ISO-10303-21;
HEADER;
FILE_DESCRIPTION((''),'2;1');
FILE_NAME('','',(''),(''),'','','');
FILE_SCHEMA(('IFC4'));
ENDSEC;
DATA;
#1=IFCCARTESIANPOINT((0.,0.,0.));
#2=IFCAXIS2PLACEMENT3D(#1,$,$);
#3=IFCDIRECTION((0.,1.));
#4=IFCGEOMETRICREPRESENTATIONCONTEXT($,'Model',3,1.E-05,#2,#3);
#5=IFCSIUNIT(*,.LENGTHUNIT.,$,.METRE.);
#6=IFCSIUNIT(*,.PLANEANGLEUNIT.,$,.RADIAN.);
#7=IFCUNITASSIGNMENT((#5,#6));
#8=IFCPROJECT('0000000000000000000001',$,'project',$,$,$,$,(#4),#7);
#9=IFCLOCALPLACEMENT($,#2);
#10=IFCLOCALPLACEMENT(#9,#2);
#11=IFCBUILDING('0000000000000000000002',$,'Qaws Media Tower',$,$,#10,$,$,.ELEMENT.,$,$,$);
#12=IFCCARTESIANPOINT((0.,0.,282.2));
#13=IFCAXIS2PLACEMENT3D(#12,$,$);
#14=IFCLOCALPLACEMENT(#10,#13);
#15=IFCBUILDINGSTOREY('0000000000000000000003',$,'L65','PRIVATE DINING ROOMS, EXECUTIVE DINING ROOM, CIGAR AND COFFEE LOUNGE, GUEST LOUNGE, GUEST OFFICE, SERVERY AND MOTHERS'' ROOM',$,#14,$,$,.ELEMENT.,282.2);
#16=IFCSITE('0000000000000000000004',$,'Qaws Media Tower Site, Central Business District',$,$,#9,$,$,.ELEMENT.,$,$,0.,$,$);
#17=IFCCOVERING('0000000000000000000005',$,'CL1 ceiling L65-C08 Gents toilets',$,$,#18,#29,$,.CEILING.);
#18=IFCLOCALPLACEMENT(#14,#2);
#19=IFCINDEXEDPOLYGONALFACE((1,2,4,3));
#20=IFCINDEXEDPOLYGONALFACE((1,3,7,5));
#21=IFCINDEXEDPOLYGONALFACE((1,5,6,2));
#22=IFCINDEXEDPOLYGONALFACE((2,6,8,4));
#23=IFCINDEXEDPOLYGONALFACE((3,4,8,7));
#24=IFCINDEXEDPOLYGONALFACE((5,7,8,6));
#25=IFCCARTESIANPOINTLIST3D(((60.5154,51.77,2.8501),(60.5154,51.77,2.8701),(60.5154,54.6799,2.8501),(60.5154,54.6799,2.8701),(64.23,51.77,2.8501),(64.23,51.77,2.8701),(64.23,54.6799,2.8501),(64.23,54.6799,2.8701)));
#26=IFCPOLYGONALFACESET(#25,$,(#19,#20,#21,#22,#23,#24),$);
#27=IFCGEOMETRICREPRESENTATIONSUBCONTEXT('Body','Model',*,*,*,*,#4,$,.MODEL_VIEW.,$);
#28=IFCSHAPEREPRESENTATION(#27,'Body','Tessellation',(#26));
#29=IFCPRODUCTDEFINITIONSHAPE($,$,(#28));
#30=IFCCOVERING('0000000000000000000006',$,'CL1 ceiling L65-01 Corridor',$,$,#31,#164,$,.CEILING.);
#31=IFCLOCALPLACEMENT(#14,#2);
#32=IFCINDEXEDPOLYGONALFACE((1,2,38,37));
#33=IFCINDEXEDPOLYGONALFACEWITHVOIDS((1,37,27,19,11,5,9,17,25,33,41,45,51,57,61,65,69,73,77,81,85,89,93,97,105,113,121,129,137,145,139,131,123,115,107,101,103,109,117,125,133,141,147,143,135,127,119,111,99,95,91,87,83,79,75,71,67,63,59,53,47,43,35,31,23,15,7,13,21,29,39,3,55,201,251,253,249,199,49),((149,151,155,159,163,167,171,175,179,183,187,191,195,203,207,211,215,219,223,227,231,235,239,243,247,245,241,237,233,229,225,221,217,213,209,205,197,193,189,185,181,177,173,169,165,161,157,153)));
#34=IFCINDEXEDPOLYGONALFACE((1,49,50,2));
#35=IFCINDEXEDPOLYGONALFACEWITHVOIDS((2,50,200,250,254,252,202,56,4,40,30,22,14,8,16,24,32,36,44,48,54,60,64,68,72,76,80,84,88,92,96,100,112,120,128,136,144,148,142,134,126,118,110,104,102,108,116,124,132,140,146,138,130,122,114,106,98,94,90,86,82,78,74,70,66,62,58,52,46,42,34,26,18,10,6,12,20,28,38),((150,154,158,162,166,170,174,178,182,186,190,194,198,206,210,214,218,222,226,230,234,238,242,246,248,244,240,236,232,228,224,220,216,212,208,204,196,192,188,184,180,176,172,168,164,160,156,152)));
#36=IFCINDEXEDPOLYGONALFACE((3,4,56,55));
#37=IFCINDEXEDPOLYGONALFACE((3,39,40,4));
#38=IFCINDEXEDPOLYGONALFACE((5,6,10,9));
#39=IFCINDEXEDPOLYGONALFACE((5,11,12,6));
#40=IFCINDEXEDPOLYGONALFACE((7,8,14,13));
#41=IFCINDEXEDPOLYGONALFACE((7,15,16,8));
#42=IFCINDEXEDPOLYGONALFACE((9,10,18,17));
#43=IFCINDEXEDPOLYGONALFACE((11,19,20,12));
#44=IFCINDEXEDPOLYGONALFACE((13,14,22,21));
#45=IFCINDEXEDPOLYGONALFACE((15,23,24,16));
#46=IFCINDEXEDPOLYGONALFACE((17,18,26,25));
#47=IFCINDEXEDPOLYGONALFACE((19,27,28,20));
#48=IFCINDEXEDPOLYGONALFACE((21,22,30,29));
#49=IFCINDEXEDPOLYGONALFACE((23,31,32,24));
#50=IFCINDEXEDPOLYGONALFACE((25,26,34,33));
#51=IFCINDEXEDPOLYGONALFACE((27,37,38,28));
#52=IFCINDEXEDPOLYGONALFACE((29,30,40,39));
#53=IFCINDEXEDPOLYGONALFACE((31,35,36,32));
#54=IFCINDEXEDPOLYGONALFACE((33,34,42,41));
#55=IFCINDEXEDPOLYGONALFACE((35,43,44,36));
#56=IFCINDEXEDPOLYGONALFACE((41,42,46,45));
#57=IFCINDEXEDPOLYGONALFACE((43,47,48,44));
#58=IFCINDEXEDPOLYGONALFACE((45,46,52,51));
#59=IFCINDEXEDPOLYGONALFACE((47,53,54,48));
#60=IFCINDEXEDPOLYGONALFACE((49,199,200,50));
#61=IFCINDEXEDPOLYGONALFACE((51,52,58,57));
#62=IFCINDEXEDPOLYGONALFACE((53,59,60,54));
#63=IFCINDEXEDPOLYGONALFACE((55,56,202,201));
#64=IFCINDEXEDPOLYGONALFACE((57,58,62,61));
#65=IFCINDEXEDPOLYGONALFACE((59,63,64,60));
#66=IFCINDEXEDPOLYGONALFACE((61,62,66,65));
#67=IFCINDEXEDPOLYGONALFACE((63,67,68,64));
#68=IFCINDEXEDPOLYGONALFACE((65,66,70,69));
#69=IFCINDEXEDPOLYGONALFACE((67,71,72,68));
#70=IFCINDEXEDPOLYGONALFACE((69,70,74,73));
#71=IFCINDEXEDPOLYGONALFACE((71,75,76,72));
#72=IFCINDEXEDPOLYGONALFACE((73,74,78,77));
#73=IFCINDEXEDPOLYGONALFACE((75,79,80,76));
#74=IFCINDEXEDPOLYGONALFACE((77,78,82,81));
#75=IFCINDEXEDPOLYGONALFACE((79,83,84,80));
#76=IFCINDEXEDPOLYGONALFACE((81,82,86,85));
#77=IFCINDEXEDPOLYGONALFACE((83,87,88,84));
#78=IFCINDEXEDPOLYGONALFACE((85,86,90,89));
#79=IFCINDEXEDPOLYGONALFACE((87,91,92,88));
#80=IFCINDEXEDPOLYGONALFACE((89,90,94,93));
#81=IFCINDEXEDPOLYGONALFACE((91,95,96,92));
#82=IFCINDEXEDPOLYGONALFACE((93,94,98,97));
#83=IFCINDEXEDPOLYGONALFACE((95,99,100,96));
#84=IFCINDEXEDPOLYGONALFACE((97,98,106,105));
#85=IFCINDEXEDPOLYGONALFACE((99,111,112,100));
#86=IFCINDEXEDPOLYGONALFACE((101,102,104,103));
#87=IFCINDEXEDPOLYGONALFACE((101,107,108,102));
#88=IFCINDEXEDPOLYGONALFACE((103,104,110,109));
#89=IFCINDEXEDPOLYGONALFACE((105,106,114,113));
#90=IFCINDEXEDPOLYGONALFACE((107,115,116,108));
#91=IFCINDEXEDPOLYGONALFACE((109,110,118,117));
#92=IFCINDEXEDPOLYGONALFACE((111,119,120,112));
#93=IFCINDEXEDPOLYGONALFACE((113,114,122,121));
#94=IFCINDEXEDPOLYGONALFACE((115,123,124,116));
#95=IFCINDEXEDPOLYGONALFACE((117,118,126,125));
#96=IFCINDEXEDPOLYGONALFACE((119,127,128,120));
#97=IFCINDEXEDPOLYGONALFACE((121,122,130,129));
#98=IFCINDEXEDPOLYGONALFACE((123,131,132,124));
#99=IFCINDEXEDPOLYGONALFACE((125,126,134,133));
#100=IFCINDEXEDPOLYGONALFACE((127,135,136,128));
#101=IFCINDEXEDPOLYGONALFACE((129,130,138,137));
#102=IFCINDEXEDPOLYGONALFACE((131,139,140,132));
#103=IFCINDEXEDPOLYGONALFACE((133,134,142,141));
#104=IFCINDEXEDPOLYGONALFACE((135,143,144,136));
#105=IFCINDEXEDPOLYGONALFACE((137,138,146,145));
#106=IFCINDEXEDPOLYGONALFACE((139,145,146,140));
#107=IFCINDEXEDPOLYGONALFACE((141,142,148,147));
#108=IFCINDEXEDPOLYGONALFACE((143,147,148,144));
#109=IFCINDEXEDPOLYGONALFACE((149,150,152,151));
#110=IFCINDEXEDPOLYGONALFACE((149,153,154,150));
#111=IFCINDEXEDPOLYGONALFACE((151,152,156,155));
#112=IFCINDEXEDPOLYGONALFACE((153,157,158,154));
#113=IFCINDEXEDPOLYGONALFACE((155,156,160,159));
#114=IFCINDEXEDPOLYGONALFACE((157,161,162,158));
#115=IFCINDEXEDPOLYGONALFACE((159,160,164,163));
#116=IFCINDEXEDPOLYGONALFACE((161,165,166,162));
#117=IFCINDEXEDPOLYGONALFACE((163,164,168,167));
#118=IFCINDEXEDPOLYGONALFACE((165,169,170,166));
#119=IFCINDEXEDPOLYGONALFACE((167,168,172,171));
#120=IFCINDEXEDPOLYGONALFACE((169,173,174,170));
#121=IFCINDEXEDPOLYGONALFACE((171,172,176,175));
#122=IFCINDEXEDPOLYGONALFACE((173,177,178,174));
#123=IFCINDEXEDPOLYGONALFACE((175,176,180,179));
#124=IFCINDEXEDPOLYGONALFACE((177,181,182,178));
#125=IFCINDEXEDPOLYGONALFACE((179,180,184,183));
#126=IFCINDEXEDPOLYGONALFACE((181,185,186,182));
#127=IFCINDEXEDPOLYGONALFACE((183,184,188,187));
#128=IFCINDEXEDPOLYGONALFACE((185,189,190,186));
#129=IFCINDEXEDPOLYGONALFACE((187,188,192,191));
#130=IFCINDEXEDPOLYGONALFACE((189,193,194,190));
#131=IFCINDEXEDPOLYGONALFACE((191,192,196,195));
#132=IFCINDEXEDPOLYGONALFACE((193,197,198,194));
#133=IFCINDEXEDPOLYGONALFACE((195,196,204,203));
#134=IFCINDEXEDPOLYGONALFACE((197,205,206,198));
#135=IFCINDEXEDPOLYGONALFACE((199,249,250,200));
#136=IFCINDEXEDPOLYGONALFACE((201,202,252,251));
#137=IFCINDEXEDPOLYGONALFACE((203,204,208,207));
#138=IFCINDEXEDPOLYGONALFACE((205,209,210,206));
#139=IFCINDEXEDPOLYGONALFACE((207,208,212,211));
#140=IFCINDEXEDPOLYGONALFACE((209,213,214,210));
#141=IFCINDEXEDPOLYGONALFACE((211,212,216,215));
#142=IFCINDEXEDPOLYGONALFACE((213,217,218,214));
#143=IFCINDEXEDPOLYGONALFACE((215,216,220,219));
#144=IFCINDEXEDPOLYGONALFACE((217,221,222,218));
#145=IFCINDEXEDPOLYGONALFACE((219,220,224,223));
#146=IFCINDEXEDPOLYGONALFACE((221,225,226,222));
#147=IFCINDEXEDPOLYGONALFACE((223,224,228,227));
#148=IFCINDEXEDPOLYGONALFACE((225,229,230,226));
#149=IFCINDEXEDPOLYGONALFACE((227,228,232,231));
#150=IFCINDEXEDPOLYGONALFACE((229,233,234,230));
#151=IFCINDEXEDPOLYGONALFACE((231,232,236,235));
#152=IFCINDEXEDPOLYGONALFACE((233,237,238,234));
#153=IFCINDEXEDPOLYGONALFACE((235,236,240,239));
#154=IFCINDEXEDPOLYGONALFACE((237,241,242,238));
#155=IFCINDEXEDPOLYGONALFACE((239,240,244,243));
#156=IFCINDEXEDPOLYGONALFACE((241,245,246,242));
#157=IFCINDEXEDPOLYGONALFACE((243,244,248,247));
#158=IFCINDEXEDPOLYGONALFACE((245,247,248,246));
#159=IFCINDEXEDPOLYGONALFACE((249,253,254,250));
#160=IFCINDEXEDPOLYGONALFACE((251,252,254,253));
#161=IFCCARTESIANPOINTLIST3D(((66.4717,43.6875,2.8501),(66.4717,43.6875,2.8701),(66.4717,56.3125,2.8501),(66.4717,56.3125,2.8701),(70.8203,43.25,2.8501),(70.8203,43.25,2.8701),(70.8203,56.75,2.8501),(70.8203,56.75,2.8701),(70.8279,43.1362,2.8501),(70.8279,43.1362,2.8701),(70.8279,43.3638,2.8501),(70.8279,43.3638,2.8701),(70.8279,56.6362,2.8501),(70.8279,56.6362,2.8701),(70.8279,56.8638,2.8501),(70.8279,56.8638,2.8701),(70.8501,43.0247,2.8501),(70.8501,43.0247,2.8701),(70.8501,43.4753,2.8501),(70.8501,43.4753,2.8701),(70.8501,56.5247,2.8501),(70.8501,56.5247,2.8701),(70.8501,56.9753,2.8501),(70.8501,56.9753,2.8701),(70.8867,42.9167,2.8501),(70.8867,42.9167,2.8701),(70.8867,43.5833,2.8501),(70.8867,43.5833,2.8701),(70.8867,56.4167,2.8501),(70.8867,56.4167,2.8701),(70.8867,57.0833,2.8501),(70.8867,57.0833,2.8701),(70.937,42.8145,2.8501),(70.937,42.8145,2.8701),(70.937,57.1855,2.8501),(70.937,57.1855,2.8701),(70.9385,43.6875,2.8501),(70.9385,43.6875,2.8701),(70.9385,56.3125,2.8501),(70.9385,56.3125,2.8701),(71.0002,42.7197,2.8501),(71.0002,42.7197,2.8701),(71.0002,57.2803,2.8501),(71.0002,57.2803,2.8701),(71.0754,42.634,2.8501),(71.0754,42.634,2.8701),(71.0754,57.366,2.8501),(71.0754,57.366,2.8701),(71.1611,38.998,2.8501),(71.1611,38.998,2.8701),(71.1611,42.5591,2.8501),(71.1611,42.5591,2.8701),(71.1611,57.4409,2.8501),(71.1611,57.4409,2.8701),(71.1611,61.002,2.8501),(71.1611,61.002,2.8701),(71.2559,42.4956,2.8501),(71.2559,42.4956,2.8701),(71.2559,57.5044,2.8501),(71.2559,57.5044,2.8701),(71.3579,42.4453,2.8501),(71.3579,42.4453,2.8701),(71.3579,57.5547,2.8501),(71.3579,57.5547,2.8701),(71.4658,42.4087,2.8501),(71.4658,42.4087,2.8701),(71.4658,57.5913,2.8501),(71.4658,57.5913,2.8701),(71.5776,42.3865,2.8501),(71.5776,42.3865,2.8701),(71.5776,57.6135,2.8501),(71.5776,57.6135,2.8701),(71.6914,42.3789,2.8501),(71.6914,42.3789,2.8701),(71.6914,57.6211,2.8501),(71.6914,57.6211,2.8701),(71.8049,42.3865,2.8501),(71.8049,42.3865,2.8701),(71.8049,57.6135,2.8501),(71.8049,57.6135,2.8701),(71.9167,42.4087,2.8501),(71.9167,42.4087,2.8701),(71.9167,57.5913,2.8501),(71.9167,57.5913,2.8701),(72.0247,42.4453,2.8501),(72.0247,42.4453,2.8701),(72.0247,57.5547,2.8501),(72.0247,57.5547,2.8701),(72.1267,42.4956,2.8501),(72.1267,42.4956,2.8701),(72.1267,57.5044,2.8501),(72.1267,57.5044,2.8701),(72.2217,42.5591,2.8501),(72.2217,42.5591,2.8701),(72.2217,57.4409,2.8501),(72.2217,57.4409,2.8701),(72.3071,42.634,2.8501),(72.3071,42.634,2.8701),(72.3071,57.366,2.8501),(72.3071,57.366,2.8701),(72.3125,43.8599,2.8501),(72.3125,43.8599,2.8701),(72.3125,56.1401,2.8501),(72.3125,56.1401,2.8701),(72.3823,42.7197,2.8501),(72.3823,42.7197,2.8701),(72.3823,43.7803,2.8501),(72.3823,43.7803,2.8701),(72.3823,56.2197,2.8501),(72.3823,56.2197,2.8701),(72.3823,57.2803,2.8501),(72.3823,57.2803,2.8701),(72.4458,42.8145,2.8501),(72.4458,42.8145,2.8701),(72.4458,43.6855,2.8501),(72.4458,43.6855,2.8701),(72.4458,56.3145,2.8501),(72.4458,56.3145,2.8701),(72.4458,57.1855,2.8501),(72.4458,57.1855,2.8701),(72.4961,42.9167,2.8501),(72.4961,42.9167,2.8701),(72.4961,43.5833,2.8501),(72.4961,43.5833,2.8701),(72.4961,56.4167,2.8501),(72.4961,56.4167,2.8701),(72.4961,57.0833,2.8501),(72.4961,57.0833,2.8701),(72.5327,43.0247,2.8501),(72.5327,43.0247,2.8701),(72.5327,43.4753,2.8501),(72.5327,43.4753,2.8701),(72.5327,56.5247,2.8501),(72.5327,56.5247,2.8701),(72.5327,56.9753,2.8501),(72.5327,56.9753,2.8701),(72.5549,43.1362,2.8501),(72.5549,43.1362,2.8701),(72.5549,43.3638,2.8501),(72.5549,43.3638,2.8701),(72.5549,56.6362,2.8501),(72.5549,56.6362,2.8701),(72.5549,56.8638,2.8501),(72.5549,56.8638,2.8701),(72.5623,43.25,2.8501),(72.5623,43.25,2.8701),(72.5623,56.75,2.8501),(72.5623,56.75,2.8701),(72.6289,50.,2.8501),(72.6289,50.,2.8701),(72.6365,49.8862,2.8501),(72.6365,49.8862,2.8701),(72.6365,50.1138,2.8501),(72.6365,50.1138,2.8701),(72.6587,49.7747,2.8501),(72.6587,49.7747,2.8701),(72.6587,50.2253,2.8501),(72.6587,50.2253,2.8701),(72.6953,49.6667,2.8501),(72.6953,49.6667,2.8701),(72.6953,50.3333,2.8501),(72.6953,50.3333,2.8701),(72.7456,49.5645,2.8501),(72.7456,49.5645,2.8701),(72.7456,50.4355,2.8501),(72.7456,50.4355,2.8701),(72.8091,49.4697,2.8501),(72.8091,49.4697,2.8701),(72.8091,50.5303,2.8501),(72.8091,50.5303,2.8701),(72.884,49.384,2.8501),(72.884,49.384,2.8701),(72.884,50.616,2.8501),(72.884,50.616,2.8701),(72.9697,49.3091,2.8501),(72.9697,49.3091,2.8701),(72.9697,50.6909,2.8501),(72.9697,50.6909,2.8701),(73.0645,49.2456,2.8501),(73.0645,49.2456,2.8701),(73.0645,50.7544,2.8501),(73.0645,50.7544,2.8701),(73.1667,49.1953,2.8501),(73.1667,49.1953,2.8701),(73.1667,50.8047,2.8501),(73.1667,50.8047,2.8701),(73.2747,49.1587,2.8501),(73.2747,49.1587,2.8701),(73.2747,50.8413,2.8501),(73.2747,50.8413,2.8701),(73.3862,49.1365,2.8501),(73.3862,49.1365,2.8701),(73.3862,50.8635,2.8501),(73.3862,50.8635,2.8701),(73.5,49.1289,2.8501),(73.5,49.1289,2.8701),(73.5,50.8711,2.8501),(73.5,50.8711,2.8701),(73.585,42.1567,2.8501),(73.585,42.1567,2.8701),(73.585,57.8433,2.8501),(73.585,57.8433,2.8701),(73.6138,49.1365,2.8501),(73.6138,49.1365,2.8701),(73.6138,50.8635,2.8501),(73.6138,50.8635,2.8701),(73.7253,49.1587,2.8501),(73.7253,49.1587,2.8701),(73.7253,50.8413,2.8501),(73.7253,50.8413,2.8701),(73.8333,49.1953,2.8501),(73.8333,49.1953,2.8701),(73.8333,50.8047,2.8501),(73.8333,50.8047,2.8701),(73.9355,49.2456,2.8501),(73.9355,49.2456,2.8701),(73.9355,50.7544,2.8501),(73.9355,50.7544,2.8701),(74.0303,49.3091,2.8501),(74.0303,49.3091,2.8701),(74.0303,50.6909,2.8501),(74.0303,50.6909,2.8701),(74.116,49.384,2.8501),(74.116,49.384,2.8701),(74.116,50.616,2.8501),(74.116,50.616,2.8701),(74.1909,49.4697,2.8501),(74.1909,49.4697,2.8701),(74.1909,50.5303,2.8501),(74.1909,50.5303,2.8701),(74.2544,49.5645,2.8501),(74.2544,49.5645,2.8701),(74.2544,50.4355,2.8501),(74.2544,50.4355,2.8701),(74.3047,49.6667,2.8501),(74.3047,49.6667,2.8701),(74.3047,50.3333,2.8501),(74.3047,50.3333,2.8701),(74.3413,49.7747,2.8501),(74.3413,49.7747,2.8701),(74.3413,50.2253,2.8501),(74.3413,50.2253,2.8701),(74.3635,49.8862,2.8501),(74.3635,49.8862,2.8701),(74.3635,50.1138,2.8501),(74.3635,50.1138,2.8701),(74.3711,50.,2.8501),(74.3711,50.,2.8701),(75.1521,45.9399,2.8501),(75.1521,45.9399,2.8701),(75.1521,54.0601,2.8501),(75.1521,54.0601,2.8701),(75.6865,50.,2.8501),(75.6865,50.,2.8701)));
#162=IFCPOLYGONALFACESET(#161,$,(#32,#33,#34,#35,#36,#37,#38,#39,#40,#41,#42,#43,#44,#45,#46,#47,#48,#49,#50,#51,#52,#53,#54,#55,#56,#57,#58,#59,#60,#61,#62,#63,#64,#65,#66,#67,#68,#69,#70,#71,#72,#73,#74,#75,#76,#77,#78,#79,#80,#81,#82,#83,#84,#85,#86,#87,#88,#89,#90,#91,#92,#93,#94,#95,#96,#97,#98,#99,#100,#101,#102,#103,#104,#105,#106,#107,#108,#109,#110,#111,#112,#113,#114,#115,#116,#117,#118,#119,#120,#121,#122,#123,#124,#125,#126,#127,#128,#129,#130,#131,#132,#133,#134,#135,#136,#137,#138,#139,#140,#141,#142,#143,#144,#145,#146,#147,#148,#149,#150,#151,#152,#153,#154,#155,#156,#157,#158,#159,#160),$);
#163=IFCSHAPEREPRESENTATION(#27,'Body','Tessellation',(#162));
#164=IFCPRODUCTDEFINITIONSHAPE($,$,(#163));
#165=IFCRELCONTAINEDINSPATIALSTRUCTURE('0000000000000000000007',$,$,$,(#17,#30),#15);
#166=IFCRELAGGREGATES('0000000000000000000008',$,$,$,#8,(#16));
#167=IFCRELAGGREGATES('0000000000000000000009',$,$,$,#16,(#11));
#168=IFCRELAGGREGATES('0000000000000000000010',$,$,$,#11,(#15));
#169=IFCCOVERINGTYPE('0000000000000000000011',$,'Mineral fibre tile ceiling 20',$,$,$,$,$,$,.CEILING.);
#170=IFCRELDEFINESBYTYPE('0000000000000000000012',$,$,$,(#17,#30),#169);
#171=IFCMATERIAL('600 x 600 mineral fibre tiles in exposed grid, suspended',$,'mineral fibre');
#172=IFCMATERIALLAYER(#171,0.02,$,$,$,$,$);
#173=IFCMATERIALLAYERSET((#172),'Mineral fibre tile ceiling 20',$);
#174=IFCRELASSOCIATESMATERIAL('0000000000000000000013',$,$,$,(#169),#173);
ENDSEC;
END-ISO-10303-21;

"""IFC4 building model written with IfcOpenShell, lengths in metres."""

from ifc_helpers import new_model, si_unit, direction, frame, origin, place, context, subcontext, project, spatial, polyline, outline, extrude, material, layer, layer_set, type_object, element, save


model = new_model("IFC4")

# Units and contexts
model_context = context("Model", 3, precision=1e-05, world=origin(), true_north=direction((0.0, 1.0)))
body_context = subcontext(model_context, "Body", "Model", "MODEL_VIEW")
ifc_project = project(units=[si_unit("LENGTHUNIT", "METRE"), si_unit("PLANEANGLEUNIT", "RADIAN")], contexts=[model_context])

# Site, building, storey
site_placement = place(None, origin())
site = spatial("IfcSite", under=ifc_project, at=site_placement, Name="Qaws Media Tower Site, Central Business District", CompositionType="ELEMENT", RefElevation=0.0)
building_placement = place(site_placement, origin())
building = spatial("IfcBuilding", under=site, at=building_placement, Name="Qaws Media Tower", CompositionType="ELEMENT")
storey_placement = place(building_placement, frame((0.0, 0.0, 282.2)))
storey = spatial("IfcBuildingStorey", under=building, at=storey_placement, Name="L65", Description="PRIVATE DINING ROOMS, EXECUTIVE DINING ROOM, CIGAR AND COFFEE LOUNGE, GUEST LOUNGE, GUEST OFFICE, SERVERY AND MOTHERS' ROOM", CompositionType="ELEMENT", Elevation=282.2)

# Coverings
ifc_material_1 = material(Name="600 x 600 mineral fibre tiles in exposed grid, suspended", Category="mineral fibre")
ifc_layer_1 = layer(ifc_material_1, 0.02)
ifc_layer_set_1 = layer_set([ifc_layer_1], Name="Mineral fibre tile ceiling 20")
covering_type_1 = type_object("IfcCoveringType", Name="Mineral fibre tile ceiling 20", PredefinedType="CEILING", material=ifc_layer_set_1)
covering_1_placement = place(storey_placement, frame((0.0, 0.0, 2.8501)))
element("IfcCovering", 1, at=covering_1_placement, inside=storey, type_object=covering_type_1, Name="CL1 ceiling L65-C08 Gents toilets", PredefinedType="CEILING", context=body_context, shape_type="SweptSolid", body=[
    extrude(outline(polyline([(60.5154, 51.77), (60.5154, 54.6799), (64.23, 54.6799), (64.23, 51.77), (60.5154, 51.77)])), origin(), (0.0, 0.0, 1.0), 0.02),
])
covering_2_placement = place(storey_placement, frame((0.0, 0.0, 2.8501)))
element("IfcCovering", 2, at=covering_2_placement, inside=storey, type_object=covering_type_1, Name="CL1 ceiling L65-01 Corridor", PredefinedType="CEILING", context=body_context, shape_type="SweptSolid", body=[
    extrude(outline(polyline([(73.585, 57.8433), (75.1521, 54.0601), (75.6865, 50.0), (75.1521, 45.9399), (73.585, 42.1567), (71.1611, 38.998), (66.4717, 43.6875), (70.9385, 43.6875), (70.8867, 43.5833), (70.8501, 43.4753), (70.8279, 43.3638), (70.8203, 43.25), (70.8279, 43.1362), (70.8501, 43.0247), (70.8867, 42.9167), (70.937, 42.8145), (71.0002, 42.7197), (71.0754, 42.634), (71.1611, 42.5591), (71.2559, 42.4956), (71.3579, 42.4453), (71.4658, 42.4087), (71.5776, 42.3865), (71.6914, 42.3789), (71.8049, 42.3865), (71.9167, 42.4087), (72.0247, 42.4453), (72.1267, 42.4956), (72.2217, 42.5591), (72.3071, 42.634), (72.3823, 42.7197), (72.4458, 42.8145), (72.4961, 42.9167), (72.5327, 43.0247), (72.5549, 43.1362), (72.5623, 43.25), (72.5549, 43.3638), (72.5327, 43.4753), (72.4961, 43.5833), (72.4458, 43.6855), (72.3823, 43.7803), (72.3125, 43.8599), (72.3125, 56.1401), (72.3823, 56.2197), (72.4458, 56.3145), (72.4961, 56.4167), (72.5327, 56.5247), (72.5549, 56.6362), (72.5623, 56.75), (72.5549, 56.8638), (72.5327, 56.9753), (72.4961, 57.0833), (72.4458, 57.1855), (72.3823, 57.2803), (72.3071, 57.366), (72.2217, 57.4409), (72.1267, 57.5044), (72.0247, 57.5547), (71.9167, 57.5913), (71.8049, 57.6135), (71.6914, 57.6211), (71.5776, 57.6135), (71.4658, 57.5913), (71.3579, 57.5547), (71.2559, 57.5044), (71.1611, 57.4409), (71.0754, 57.366), (71.0002, 57.2803), (70.937, 57.1855), (70.8867, 57.0833), (70.8501, 56.9753), (70.8279, 56.8638), (70.8203, 56.75), (70.8279, 56.6362), (70.8501, 56.5247), (70.8867, 56.4167), (70.9385, 56.3125), (66.4717, 56.3125), (71.1611, 61.002), (73.585, 57.8433)]), holes=[polyline([(74.3413, 49.7747), (74.3635, 49.8862), (74.3711, 50.0), (74.3635, 50.1138), (74.3413, 50.2253), (74.3047, 50.3333), (74.2544, 50.4355), (74.1909, 50.5303), (74.116, 50.616), (74.0303, 50.6909), (73.9355, 50.7544), (73.8333, 50.8047), (73.7253, 50.8413), (73.6138, 50.8635), (73.5, 50.8711), (73.3862, 50.8635), (73.2747, 50.8413), (73.1667, 50.8047), (73.0645, 50.7544), (72.9697, 50.6909), (72.884, 50.616), (72.8091, 50.5303), (72.7456, 50.4355), (72.6953, 50.3333), (72.6587, 50.2253), (72.6365, 50.1138), (72.6289, 50.0), (72.6365, 49.8862), (72.6587, 49.7747), (72.6953, 49.6667), (72.7456, 49.5645), (72.8091, 49.4697), (72.884, 49.384), (72.9697, 49.3091), (73.0645, 49.2456), (73.1667, 49.1953), (73.2747, 49.1587), (73.3862, 49.1365), (73.5, 49.1289), (73.6138, 49.1365), (73.7253, 49.1587), (73.8333, 49.1953), (73.9355, 49.2456), (74.0303, 49.3091), (74.116, 49.384), (74.1909, 49.4697), (74.2544, 49.5645), (74.3047, 49.6667), (74.3413, 49.7747)])]), origin(), (0.0, 0.0, 1.0), 0.02),
])

save(model, "model.ifc")
